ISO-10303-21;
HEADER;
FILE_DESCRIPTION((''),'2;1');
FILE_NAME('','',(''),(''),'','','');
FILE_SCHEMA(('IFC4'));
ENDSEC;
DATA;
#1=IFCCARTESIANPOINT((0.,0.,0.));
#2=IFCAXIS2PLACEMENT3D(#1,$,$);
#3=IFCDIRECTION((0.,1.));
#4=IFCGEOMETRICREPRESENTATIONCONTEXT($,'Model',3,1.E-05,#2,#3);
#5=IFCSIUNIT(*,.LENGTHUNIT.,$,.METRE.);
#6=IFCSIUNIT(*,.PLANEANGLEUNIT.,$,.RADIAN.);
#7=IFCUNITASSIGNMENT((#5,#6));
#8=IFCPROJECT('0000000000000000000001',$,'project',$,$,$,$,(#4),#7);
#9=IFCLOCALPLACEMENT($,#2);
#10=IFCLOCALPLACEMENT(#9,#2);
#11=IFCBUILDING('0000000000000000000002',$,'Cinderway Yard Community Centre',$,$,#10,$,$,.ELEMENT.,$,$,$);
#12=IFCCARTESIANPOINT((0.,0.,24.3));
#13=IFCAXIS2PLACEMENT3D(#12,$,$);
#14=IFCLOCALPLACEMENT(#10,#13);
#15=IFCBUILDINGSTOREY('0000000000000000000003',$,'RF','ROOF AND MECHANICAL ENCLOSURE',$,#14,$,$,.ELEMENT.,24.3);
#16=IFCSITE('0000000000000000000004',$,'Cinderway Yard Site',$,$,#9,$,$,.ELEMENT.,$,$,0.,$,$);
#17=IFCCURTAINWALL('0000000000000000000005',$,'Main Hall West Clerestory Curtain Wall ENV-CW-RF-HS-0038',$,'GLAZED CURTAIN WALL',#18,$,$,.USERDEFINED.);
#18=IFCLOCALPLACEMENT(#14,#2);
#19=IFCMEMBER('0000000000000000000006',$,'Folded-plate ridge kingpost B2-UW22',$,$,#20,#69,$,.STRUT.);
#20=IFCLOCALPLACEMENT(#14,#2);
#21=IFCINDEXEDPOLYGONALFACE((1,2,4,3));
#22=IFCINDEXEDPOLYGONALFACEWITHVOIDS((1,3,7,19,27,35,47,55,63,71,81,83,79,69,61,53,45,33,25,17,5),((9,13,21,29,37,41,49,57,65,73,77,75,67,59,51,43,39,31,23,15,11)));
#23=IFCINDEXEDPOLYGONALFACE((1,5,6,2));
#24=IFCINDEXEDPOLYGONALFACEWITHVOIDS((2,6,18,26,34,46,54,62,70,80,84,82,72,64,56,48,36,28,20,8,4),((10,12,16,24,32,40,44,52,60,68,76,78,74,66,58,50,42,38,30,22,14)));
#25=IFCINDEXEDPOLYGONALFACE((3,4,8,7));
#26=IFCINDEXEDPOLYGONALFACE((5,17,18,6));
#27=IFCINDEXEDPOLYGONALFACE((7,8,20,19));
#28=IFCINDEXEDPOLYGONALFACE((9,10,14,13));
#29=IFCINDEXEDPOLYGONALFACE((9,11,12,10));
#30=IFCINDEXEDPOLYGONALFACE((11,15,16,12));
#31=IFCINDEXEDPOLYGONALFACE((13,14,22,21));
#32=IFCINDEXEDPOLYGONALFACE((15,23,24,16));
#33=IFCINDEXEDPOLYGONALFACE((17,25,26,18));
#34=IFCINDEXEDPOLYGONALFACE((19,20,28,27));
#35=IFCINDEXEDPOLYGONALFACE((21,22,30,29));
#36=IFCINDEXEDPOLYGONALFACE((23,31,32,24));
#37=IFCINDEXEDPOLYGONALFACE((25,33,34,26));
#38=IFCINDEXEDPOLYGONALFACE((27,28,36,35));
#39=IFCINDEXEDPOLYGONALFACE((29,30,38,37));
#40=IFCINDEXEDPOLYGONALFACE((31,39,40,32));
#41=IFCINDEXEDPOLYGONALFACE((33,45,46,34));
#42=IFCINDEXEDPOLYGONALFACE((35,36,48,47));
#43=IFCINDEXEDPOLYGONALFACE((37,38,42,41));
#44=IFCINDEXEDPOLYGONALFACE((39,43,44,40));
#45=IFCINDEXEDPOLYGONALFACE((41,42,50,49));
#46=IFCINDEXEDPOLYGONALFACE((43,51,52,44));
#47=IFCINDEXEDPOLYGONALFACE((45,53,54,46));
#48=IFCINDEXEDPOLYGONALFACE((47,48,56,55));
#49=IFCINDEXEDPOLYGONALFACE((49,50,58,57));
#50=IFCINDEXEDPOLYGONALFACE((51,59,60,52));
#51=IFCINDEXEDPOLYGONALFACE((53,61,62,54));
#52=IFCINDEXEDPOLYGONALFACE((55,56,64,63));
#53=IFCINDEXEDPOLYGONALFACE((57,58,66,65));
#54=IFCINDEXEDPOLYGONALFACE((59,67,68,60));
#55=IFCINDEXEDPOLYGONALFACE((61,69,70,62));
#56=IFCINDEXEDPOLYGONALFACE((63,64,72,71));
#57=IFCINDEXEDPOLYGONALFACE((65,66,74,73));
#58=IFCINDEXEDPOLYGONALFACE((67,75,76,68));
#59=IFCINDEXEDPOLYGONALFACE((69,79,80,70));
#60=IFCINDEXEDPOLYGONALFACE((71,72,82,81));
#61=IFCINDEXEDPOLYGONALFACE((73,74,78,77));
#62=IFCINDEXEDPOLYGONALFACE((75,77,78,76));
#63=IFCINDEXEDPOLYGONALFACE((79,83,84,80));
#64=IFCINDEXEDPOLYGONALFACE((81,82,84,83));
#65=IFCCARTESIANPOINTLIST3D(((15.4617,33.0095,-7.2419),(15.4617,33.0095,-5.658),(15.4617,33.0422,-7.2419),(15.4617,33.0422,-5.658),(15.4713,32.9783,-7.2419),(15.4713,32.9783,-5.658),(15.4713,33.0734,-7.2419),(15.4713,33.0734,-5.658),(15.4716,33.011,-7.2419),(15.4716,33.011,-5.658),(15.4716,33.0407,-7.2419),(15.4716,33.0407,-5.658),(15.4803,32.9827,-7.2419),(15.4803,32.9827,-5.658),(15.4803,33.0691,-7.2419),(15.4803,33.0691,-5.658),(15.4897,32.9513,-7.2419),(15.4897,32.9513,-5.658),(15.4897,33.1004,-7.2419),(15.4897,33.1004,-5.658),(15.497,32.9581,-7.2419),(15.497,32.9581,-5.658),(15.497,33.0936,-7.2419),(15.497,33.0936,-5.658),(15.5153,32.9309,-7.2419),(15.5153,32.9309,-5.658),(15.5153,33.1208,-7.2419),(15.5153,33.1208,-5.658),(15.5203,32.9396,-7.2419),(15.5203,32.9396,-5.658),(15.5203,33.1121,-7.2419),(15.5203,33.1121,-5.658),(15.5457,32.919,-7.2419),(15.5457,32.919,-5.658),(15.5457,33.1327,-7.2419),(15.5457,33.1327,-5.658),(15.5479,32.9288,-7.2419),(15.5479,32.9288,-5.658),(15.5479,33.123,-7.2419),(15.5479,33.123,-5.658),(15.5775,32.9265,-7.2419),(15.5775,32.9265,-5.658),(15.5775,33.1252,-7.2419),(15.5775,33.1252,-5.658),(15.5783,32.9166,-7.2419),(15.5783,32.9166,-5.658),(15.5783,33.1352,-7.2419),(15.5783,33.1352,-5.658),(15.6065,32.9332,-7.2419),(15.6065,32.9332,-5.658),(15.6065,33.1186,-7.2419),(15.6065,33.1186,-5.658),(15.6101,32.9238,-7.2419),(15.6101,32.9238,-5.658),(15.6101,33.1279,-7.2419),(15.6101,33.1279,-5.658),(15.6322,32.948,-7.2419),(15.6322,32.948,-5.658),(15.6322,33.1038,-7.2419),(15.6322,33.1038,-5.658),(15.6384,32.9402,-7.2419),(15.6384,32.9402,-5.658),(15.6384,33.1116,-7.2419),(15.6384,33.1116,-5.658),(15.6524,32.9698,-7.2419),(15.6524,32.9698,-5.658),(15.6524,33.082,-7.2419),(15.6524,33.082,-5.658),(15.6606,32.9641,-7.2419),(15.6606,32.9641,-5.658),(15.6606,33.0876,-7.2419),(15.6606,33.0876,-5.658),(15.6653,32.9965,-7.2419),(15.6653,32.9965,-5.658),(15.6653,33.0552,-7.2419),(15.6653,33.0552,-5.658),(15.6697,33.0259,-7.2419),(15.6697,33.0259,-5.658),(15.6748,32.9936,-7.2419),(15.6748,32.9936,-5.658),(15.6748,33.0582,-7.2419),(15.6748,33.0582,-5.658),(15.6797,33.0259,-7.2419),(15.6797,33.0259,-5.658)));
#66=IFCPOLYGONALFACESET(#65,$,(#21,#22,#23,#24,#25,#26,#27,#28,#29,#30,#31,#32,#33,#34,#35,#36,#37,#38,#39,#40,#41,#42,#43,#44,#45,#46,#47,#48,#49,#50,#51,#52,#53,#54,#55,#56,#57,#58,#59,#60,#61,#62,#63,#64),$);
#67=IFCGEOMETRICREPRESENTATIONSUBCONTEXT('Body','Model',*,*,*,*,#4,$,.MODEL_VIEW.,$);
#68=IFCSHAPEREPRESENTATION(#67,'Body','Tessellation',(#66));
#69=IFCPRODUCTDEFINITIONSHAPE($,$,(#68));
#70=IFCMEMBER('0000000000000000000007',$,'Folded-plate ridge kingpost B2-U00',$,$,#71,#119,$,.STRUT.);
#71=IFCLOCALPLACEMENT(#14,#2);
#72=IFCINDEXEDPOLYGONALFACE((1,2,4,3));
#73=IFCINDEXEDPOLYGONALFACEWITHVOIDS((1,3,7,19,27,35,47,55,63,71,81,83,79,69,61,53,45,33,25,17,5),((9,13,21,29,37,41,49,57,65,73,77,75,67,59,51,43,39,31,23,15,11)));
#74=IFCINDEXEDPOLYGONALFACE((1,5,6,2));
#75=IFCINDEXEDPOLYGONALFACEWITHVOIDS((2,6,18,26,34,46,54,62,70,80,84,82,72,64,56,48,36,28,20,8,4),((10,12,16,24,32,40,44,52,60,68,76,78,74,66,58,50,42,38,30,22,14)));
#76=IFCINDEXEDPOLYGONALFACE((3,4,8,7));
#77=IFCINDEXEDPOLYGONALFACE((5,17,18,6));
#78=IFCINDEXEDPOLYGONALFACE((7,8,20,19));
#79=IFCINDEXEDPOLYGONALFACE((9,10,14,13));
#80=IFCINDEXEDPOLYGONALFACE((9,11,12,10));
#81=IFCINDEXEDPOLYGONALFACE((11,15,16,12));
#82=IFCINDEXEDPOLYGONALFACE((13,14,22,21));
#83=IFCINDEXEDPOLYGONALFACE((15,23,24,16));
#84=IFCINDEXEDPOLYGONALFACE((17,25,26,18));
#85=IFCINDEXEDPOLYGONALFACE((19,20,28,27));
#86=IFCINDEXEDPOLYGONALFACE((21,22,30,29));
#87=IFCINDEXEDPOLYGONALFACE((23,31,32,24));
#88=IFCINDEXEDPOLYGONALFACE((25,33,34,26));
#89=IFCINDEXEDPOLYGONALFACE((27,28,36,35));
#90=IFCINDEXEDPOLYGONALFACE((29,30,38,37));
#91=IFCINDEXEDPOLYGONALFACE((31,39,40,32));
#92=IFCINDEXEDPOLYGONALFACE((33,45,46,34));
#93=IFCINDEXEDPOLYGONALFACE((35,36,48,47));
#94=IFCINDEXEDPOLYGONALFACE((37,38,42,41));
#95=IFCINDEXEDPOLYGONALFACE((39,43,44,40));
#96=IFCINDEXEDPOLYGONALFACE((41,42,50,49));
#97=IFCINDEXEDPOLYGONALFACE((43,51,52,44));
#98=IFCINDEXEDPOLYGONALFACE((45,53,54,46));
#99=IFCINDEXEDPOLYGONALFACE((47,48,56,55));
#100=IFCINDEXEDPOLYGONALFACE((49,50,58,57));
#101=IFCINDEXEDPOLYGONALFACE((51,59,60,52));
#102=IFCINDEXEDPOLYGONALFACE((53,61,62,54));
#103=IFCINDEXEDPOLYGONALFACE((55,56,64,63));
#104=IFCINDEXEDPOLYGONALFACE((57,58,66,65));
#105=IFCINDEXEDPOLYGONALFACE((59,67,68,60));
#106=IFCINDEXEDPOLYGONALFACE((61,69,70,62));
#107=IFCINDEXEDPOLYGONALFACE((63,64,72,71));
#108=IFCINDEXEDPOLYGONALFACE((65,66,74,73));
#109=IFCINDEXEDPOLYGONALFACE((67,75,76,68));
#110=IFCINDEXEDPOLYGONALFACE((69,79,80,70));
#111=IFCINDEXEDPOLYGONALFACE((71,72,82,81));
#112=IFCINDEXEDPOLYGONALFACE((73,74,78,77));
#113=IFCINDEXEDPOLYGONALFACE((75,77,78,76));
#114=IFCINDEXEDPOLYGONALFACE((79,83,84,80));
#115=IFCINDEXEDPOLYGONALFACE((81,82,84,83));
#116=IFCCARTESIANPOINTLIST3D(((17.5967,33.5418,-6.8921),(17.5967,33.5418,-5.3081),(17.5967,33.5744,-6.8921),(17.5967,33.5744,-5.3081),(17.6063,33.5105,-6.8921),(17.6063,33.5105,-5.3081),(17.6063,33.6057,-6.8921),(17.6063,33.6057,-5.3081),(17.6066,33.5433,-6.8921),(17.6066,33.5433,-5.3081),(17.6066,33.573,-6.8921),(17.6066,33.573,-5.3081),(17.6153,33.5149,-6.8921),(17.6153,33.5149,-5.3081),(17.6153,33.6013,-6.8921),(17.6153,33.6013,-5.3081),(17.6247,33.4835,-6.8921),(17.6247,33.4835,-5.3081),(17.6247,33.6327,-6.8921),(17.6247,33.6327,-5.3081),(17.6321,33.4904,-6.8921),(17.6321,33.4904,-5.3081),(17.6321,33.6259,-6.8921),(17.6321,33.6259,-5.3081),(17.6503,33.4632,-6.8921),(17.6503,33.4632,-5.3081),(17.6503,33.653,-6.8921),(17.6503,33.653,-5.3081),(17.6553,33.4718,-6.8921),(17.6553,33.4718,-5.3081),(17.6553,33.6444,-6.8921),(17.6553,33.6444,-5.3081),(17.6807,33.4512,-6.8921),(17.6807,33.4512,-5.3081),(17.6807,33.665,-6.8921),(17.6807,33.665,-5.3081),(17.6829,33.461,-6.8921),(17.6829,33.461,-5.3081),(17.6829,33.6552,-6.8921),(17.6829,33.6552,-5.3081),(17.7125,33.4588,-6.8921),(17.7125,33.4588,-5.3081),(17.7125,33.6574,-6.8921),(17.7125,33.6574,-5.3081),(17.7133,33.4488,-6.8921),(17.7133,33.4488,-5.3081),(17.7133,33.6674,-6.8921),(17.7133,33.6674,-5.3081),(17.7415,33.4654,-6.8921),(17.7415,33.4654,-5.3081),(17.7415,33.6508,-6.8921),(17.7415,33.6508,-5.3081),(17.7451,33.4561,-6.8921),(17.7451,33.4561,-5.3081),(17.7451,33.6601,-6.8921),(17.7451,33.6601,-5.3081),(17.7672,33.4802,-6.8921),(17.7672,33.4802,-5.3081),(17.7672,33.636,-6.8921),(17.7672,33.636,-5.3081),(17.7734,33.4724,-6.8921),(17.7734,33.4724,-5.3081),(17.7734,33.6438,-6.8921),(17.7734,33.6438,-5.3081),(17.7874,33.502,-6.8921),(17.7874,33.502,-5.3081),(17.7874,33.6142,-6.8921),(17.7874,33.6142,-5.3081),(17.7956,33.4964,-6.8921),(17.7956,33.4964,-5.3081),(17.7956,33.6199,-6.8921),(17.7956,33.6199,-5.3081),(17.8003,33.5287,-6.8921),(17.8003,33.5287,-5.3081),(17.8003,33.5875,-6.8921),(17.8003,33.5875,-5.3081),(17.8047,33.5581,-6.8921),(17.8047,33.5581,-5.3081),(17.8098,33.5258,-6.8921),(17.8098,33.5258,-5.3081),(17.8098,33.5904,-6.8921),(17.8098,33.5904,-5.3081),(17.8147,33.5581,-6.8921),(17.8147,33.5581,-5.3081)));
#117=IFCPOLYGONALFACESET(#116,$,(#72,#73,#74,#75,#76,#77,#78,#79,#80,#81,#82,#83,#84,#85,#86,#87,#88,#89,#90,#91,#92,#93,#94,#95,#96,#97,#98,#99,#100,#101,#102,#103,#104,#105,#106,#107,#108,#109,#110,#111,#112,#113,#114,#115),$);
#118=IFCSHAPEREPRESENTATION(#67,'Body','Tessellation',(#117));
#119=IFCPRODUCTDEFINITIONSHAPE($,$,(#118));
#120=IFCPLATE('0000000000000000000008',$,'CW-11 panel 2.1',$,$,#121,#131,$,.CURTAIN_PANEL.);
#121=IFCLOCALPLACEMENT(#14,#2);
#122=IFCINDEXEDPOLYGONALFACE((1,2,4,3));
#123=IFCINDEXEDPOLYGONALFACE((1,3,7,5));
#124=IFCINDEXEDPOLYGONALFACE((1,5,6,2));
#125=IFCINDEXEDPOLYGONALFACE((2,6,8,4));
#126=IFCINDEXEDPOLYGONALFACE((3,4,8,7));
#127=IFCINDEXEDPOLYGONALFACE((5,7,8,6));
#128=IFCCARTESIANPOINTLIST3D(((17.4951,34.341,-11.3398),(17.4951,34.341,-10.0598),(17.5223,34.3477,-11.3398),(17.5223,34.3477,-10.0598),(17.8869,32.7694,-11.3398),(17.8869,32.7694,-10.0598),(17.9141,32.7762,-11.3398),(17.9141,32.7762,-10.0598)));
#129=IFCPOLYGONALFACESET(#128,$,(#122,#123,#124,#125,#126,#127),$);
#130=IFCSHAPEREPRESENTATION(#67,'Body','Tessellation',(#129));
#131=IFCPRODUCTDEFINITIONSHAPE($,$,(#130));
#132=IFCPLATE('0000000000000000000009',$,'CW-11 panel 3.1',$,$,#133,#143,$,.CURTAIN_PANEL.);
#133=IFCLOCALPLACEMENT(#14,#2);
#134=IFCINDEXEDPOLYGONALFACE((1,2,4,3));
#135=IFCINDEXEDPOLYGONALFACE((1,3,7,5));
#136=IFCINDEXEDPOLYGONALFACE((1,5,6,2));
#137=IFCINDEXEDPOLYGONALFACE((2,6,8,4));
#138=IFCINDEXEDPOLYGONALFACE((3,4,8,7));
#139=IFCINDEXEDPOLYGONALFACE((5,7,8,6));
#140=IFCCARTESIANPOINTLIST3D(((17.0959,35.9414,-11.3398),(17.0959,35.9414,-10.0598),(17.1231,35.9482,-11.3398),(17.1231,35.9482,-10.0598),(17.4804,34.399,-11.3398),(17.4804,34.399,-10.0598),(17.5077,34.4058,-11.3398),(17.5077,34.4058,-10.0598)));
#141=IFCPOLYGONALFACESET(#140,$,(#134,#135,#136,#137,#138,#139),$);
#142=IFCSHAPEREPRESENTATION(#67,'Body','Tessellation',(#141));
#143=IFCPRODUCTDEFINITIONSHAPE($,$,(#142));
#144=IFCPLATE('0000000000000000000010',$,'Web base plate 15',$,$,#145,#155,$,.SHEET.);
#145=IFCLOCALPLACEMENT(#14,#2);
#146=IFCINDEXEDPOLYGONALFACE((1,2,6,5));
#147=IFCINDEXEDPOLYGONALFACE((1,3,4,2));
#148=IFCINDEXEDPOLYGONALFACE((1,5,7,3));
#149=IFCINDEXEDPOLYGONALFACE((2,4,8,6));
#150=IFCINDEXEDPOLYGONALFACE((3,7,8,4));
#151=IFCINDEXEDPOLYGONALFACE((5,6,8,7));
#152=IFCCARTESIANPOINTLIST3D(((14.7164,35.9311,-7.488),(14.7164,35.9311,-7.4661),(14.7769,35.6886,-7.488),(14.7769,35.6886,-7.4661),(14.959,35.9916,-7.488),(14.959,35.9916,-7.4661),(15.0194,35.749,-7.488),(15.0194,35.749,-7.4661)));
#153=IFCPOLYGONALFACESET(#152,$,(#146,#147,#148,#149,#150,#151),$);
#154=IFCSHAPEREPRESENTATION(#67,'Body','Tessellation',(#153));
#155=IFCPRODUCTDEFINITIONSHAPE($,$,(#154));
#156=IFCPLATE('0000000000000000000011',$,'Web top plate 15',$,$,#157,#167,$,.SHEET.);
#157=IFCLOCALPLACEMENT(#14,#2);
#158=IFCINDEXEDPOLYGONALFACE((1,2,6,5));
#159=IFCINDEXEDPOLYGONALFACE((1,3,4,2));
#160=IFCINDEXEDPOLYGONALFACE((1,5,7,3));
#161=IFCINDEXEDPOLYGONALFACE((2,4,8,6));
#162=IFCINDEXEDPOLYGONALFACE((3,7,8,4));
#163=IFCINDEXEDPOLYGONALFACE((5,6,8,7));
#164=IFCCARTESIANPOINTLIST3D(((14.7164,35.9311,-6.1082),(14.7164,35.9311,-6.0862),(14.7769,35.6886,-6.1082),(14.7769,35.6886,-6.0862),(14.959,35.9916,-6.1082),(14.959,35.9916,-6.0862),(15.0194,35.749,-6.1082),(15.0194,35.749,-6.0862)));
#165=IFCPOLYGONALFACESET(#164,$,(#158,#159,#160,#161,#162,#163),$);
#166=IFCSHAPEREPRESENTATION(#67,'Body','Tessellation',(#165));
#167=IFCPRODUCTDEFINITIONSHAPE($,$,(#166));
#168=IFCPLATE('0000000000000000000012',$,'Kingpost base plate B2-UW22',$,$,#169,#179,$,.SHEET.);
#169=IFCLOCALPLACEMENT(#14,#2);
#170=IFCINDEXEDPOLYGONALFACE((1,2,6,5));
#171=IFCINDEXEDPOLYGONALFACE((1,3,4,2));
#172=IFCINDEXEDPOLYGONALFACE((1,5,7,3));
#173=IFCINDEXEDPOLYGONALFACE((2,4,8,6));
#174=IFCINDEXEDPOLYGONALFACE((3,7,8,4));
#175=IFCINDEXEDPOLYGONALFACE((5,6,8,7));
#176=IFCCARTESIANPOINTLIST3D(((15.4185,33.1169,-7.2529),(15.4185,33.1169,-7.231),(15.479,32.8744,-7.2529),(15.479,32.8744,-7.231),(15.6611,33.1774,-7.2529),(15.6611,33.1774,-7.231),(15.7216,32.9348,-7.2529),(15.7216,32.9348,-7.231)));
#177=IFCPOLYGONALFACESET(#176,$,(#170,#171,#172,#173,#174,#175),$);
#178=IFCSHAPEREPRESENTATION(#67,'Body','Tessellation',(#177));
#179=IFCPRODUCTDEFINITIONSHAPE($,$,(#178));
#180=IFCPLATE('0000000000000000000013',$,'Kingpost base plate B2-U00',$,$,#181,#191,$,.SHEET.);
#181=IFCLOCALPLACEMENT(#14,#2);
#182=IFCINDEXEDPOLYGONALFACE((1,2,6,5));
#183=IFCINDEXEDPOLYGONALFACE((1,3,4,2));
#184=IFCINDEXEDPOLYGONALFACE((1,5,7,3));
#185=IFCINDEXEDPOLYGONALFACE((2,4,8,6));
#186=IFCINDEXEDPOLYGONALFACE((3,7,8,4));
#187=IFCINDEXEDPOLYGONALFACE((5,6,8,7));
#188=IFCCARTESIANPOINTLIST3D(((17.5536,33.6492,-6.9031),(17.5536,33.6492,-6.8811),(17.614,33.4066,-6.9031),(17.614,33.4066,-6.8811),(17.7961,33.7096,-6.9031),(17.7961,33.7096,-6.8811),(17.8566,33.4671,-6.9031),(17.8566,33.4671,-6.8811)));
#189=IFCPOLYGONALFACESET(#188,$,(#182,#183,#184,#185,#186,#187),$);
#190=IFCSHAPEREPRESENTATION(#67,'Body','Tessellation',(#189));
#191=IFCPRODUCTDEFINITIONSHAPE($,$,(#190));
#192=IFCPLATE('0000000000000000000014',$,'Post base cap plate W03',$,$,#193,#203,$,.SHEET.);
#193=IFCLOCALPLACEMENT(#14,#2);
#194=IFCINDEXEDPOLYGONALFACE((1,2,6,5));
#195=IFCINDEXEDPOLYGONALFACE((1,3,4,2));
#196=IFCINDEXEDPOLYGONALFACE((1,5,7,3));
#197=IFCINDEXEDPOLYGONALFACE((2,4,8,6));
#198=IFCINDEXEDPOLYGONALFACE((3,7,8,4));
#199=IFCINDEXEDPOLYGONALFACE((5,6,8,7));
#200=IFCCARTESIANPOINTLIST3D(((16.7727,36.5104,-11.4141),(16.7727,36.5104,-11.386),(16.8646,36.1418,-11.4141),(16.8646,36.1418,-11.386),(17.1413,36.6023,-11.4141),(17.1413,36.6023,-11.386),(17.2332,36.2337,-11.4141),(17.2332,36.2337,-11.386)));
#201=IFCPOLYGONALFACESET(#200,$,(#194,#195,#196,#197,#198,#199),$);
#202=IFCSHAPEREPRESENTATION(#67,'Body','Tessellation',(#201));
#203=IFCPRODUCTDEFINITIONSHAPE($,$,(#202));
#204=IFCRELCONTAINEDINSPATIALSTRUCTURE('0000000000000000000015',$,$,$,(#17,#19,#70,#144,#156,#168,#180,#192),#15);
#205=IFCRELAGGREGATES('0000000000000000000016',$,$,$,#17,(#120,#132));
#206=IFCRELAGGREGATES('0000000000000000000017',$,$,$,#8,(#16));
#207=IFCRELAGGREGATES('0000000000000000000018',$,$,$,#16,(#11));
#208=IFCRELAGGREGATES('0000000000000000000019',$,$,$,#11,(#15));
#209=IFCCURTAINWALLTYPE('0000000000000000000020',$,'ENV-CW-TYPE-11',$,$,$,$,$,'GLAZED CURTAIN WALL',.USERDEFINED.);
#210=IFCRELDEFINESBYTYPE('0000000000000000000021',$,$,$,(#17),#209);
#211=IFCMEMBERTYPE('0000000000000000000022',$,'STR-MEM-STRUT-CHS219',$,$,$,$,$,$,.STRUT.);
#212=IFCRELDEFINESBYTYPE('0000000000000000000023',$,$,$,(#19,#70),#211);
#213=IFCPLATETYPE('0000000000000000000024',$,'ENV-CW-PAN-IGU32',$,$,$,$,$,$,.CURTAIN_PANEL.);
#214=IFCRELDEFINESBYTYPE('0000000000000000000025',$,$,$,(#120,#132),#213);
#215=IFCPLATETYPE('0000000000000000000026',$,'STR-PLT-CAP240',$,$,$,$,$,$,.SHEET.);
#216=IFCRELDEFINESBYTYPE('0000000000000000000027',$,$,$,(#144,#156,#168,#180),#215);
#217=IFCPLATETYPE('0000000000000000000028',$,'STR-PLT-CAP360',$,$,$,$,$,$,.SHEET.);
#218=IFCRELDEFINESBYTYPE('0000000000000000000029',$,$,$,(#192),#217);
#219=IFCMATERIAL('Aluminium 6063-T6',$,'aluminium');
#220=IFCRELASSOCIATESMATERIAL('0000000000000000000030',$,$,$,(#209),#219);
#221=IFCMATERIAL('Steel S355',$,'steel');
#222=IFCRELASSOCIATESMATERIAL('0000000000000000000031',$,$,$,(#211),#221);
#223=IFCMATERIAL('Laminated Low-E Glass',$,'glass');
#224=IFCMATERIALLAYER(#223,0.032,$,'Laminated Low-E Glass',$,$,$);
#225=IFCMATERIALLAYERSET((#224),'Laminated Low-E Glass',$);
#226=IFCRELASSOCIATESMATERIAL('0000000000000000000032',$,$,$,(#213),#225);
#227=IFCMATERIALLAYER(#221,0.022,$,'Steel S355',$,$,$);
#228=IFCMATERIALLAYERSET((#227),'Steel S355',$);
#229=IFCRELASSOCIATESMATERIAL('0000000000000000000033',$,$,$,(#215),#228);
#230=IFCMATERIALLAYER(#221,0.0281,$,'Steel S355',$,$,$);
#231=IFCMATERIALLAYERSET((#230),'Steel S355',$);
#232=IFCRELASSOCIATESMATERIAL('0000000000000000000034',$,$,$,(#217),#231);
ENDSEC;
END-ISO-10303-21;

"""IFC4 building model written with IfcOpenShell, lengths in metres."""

from ifc_helpers import new_model, si_unit, direction, frame, origin, origin_2d, place, context, subcontext, project, spatial, rectangle, hollow_circle, extrude, material, layer, layer_set, material_profile, profile_set, type_object, element, aggregate, save


model = new_model("IFC4")

# Units and contexts
model_context = context("Model", 3, precision=1e-05, world=origin(), true_north=direction((0.0, 1.0)))
body_context = subcontext(model_context, "Body", "Model", "MODEL_VIEW")
ifc_project = project(units=[si_unit("LENGTHUNIT", "METRE"), si_unit("PLANEANGLEUNIT", "RADIAN")], contexts=[model_context])

# Site, building, storey
site_placement = place(None, origin())
site = spatial("IfcSite", under=ifc_project, at=site_placement, Name="Cinderway Yard Site", CompositionType="ELEMENT", RefElevation=0.0)
building_placement = place(site_placement, origin())
building = spatial("IfcBuilding", under=site, at=building_placement, Name="Cinderway Yard Community Centre", CompositionType="ELEMENT")
storey_placement = place(building_placement, frame((0.0, 0.0, 24.3)))
storey = spatial("IfcBuildingStorey", under=building, at=storey_placement, Name="RF", Description="ROOF AND MECHANICAL ENCLOSURE", CompositionType="ELEMENT", Elevation=24.3)

# Shared definitions
ifc_material_1 = material(Name="Steel S355", Category="steel")

# Curtain wall
ifc_material_2 = material(Name="Aluminium 6063-T6", Category="aluminium")
curtain_wall_type = type_object("IfcCurtainWallType", Name="ENV-CW-TYPE-11", ElementType="GLAZED CURTAIN WALL", PredefinedType="USERDEFINED", material=ifc_material_2)
curtain_wall_placement = place(storey_placement, origin())
curtain_wall = element("IfcCurtainWall", 1, at=curtain_wall_placement, inside=storey, type_object=curtain_wall_type, Name="Main Hall West Clerestory Curtain Wall ENV-CW-RF-HS-0038", ObjectType="GLAZED CURTAIN WALL", PredefinedType="USERDEFINED")

# Members
ifc_material_profile_1 = material_profile(ifc_material_1, hollow_circle(Radius=0.1096, WallThickness=0.01, at=origin_2d()), Name="Steel S355")
ifc_profile_set_1 = profile_set([ifc_material_profile_1], Name="Steel S355")
member_type_1 = type_object("IfcMemberType", Name="STR-MEM-STRUT-CHS219", PredefinedType="STRUT", material=ifc_profile_set_1)
for number, where, z_axis, x_axis, name in (
    (2, (15.5701, 33.0259, -7.2419), (0.0, 0.0, 1.0), (1.0, 0.0, 0.0), "Folded-plate ridge kingpost B2-UW22"),
    (3, (17.7051, 33.5581, -6.8921), (0.0, 0.0, 1.0), (1.0, 0.0, 0.0), "Folded-plate ridge kingpost B2-U00"),
):
    element("IfcMember", number, at=place(storey_placement, frame(where, z_axis=z_axis, x_axis=x_axis)), inside=storey, type_object=member_type_1, Name=name, PredefinedType="STRUT", context=body_context, shape_type="SweptSolid", body=[
        extrude(hollow_circle(Radius=0.1096, WallThickness=0.01, at=origin_2d()), origin(), (0.0, 0.0, 1.0), 1.584),
    ])

# Plates
ifc_material_3 = material(Name="Laminated Low-E Glass", Category="glass")
ifc_layer_1 = layer(ifc_material_3, 0.032, Name="Laminated Low-E Glass")
ifc_layer_set_1 = layer_set([ifc_layer_1], Name="Laminated Low-E Glass")
plate_type_1 = type_object("IfcPlateType", Name="ENV-CW-PAN-IGU32", PredefinedType="CURTAIN_PANEL", material=ifc_layer_set_1)
plate_1_placement = place(storey_placement, frame((17.7046, 33.5586, -11.3398), z_axis=(0.0, 0.0, 1.0), x_axis=(-0.241929, 0.970294, 0.0)))
plate_1 = element("IfcPlate", 4, at=plate_1_placement, type_object=plate_type_1, Name="CW-11 panel 2.1", PredefinedType="CURTAIN_PANEL", context=body_context, shape_type="SweptSolid", body=[
    extrude(rectangle(XDim=1.6196, YDim=0.0281, at=origin_2d()), origin(), (0.0, 0.0, 1.0), 1.28),
])
plate_2_placement = place(storey_placement, frame((17.3018, 35.1736, -11.3398), z_axis=(0.0, 0.0, 1.0), x_axis=(-0.241929, 0.970294, 0.0)))
plate_2 = element("IfcPlate", 5, at=plate_2_placement, type_object=plate_type_1, Name="CW-11 panel 3.1", PredefinedType="CURTAIN_PANEL", context=body_context, shape_type="SweptSolid", body=[
    extrude(rectangle(XDim=1.5896, YDim=0.0281, at=origin_2d()), origin(), (0.0, 0.0, 1.0), 1.28),
])
aggregate(curtain_wall, [plate_1, plate_2])

# Plates
ifc_layer_2 = layer(ifc_material_1, 0.022, Name="Steel S355")
ifc_layer_set_2 = layer_set([ifc_layer_2], Name="Steel S355")
plate_type_2 = type_object("IfcPlateType", Name="STR-PLT-CAP240", PredefinedType="SHEET", material=ifc_layer_set_2)
for number, where, z_axis, x_axis, name in (
    (6, (14.8679, 35.8401, -7.488), (0.0, 0.0, 1.0), (0.970296, 0.241922, 0.0), "Web base plate 15"),
    (7, (14.8679, 35.8401, -6.1082), (0.0, 0.0, 1.0), (0.970296, 0.241922, 0.0), "Web top plate 15"),
    (8, (15.5701, 33.0259, -7.2529), (0.0, 0.0, 1.0), (0.970296, 0.241922, 0.0), "Kingpost base plate B2-UW22"),
    (9, (17.7051, 33.5581, -6.9031), (0.0, 0.0, 1.0), (0.970296, 0.241922, 0.0), "Kingpost base plate B2-U00"),
):
    element("IfcPlate", number, at=place(storey_placement, frame(where, z_axis=z_axis, x_axis=x_axis)), inside=storey, type_object=plate_type_2, Name=name, PredefinedType="SHEET", context=body_context, shape_type="SweptSolid", body=[
        extrude(rectangle(XDim=0.25, YDim=0.25, at=origin_2d()), origin(), (0.0, 0.0, 1.0), 0.022),
    ])
ifc_layer_3 = layer(ifc_material_1, 0.0281, Name="Steel S355")
ifc_layer_set_3 = layer_set([ifc_layer_3], Name="Steel S355")
plate_type_3 = type_object("IfcPlateType", Name="STR-PLT-CAP360", PredefinedType="SHEET", material=ifc_layer_set_3)
for number, where, z_axis, x_axis, name in (
    (10, (17.0029, 36.3721, -11.4141), (0.0, 0.0, 1.0), (0.970296, 0.241922, 0.0), "Post base cap plate W03"),
):
    element("IfcPlate", number, at=place(storey_placement, frame(where, z_axis=z_axis, x_axis=x_axis)), inside=storey, type_object=plate_type_3, Name=name, PredefinedType="SHEET", context=body_context, shape_type="SweptSolid", body=[
        extrude(rectangle(XDim=0.3799, YDim=0.3799, at=origin_2d()), origin(), (0.0, 0.0, 1.0), 0.0281),
    ])

save(model, "model.ifc")
